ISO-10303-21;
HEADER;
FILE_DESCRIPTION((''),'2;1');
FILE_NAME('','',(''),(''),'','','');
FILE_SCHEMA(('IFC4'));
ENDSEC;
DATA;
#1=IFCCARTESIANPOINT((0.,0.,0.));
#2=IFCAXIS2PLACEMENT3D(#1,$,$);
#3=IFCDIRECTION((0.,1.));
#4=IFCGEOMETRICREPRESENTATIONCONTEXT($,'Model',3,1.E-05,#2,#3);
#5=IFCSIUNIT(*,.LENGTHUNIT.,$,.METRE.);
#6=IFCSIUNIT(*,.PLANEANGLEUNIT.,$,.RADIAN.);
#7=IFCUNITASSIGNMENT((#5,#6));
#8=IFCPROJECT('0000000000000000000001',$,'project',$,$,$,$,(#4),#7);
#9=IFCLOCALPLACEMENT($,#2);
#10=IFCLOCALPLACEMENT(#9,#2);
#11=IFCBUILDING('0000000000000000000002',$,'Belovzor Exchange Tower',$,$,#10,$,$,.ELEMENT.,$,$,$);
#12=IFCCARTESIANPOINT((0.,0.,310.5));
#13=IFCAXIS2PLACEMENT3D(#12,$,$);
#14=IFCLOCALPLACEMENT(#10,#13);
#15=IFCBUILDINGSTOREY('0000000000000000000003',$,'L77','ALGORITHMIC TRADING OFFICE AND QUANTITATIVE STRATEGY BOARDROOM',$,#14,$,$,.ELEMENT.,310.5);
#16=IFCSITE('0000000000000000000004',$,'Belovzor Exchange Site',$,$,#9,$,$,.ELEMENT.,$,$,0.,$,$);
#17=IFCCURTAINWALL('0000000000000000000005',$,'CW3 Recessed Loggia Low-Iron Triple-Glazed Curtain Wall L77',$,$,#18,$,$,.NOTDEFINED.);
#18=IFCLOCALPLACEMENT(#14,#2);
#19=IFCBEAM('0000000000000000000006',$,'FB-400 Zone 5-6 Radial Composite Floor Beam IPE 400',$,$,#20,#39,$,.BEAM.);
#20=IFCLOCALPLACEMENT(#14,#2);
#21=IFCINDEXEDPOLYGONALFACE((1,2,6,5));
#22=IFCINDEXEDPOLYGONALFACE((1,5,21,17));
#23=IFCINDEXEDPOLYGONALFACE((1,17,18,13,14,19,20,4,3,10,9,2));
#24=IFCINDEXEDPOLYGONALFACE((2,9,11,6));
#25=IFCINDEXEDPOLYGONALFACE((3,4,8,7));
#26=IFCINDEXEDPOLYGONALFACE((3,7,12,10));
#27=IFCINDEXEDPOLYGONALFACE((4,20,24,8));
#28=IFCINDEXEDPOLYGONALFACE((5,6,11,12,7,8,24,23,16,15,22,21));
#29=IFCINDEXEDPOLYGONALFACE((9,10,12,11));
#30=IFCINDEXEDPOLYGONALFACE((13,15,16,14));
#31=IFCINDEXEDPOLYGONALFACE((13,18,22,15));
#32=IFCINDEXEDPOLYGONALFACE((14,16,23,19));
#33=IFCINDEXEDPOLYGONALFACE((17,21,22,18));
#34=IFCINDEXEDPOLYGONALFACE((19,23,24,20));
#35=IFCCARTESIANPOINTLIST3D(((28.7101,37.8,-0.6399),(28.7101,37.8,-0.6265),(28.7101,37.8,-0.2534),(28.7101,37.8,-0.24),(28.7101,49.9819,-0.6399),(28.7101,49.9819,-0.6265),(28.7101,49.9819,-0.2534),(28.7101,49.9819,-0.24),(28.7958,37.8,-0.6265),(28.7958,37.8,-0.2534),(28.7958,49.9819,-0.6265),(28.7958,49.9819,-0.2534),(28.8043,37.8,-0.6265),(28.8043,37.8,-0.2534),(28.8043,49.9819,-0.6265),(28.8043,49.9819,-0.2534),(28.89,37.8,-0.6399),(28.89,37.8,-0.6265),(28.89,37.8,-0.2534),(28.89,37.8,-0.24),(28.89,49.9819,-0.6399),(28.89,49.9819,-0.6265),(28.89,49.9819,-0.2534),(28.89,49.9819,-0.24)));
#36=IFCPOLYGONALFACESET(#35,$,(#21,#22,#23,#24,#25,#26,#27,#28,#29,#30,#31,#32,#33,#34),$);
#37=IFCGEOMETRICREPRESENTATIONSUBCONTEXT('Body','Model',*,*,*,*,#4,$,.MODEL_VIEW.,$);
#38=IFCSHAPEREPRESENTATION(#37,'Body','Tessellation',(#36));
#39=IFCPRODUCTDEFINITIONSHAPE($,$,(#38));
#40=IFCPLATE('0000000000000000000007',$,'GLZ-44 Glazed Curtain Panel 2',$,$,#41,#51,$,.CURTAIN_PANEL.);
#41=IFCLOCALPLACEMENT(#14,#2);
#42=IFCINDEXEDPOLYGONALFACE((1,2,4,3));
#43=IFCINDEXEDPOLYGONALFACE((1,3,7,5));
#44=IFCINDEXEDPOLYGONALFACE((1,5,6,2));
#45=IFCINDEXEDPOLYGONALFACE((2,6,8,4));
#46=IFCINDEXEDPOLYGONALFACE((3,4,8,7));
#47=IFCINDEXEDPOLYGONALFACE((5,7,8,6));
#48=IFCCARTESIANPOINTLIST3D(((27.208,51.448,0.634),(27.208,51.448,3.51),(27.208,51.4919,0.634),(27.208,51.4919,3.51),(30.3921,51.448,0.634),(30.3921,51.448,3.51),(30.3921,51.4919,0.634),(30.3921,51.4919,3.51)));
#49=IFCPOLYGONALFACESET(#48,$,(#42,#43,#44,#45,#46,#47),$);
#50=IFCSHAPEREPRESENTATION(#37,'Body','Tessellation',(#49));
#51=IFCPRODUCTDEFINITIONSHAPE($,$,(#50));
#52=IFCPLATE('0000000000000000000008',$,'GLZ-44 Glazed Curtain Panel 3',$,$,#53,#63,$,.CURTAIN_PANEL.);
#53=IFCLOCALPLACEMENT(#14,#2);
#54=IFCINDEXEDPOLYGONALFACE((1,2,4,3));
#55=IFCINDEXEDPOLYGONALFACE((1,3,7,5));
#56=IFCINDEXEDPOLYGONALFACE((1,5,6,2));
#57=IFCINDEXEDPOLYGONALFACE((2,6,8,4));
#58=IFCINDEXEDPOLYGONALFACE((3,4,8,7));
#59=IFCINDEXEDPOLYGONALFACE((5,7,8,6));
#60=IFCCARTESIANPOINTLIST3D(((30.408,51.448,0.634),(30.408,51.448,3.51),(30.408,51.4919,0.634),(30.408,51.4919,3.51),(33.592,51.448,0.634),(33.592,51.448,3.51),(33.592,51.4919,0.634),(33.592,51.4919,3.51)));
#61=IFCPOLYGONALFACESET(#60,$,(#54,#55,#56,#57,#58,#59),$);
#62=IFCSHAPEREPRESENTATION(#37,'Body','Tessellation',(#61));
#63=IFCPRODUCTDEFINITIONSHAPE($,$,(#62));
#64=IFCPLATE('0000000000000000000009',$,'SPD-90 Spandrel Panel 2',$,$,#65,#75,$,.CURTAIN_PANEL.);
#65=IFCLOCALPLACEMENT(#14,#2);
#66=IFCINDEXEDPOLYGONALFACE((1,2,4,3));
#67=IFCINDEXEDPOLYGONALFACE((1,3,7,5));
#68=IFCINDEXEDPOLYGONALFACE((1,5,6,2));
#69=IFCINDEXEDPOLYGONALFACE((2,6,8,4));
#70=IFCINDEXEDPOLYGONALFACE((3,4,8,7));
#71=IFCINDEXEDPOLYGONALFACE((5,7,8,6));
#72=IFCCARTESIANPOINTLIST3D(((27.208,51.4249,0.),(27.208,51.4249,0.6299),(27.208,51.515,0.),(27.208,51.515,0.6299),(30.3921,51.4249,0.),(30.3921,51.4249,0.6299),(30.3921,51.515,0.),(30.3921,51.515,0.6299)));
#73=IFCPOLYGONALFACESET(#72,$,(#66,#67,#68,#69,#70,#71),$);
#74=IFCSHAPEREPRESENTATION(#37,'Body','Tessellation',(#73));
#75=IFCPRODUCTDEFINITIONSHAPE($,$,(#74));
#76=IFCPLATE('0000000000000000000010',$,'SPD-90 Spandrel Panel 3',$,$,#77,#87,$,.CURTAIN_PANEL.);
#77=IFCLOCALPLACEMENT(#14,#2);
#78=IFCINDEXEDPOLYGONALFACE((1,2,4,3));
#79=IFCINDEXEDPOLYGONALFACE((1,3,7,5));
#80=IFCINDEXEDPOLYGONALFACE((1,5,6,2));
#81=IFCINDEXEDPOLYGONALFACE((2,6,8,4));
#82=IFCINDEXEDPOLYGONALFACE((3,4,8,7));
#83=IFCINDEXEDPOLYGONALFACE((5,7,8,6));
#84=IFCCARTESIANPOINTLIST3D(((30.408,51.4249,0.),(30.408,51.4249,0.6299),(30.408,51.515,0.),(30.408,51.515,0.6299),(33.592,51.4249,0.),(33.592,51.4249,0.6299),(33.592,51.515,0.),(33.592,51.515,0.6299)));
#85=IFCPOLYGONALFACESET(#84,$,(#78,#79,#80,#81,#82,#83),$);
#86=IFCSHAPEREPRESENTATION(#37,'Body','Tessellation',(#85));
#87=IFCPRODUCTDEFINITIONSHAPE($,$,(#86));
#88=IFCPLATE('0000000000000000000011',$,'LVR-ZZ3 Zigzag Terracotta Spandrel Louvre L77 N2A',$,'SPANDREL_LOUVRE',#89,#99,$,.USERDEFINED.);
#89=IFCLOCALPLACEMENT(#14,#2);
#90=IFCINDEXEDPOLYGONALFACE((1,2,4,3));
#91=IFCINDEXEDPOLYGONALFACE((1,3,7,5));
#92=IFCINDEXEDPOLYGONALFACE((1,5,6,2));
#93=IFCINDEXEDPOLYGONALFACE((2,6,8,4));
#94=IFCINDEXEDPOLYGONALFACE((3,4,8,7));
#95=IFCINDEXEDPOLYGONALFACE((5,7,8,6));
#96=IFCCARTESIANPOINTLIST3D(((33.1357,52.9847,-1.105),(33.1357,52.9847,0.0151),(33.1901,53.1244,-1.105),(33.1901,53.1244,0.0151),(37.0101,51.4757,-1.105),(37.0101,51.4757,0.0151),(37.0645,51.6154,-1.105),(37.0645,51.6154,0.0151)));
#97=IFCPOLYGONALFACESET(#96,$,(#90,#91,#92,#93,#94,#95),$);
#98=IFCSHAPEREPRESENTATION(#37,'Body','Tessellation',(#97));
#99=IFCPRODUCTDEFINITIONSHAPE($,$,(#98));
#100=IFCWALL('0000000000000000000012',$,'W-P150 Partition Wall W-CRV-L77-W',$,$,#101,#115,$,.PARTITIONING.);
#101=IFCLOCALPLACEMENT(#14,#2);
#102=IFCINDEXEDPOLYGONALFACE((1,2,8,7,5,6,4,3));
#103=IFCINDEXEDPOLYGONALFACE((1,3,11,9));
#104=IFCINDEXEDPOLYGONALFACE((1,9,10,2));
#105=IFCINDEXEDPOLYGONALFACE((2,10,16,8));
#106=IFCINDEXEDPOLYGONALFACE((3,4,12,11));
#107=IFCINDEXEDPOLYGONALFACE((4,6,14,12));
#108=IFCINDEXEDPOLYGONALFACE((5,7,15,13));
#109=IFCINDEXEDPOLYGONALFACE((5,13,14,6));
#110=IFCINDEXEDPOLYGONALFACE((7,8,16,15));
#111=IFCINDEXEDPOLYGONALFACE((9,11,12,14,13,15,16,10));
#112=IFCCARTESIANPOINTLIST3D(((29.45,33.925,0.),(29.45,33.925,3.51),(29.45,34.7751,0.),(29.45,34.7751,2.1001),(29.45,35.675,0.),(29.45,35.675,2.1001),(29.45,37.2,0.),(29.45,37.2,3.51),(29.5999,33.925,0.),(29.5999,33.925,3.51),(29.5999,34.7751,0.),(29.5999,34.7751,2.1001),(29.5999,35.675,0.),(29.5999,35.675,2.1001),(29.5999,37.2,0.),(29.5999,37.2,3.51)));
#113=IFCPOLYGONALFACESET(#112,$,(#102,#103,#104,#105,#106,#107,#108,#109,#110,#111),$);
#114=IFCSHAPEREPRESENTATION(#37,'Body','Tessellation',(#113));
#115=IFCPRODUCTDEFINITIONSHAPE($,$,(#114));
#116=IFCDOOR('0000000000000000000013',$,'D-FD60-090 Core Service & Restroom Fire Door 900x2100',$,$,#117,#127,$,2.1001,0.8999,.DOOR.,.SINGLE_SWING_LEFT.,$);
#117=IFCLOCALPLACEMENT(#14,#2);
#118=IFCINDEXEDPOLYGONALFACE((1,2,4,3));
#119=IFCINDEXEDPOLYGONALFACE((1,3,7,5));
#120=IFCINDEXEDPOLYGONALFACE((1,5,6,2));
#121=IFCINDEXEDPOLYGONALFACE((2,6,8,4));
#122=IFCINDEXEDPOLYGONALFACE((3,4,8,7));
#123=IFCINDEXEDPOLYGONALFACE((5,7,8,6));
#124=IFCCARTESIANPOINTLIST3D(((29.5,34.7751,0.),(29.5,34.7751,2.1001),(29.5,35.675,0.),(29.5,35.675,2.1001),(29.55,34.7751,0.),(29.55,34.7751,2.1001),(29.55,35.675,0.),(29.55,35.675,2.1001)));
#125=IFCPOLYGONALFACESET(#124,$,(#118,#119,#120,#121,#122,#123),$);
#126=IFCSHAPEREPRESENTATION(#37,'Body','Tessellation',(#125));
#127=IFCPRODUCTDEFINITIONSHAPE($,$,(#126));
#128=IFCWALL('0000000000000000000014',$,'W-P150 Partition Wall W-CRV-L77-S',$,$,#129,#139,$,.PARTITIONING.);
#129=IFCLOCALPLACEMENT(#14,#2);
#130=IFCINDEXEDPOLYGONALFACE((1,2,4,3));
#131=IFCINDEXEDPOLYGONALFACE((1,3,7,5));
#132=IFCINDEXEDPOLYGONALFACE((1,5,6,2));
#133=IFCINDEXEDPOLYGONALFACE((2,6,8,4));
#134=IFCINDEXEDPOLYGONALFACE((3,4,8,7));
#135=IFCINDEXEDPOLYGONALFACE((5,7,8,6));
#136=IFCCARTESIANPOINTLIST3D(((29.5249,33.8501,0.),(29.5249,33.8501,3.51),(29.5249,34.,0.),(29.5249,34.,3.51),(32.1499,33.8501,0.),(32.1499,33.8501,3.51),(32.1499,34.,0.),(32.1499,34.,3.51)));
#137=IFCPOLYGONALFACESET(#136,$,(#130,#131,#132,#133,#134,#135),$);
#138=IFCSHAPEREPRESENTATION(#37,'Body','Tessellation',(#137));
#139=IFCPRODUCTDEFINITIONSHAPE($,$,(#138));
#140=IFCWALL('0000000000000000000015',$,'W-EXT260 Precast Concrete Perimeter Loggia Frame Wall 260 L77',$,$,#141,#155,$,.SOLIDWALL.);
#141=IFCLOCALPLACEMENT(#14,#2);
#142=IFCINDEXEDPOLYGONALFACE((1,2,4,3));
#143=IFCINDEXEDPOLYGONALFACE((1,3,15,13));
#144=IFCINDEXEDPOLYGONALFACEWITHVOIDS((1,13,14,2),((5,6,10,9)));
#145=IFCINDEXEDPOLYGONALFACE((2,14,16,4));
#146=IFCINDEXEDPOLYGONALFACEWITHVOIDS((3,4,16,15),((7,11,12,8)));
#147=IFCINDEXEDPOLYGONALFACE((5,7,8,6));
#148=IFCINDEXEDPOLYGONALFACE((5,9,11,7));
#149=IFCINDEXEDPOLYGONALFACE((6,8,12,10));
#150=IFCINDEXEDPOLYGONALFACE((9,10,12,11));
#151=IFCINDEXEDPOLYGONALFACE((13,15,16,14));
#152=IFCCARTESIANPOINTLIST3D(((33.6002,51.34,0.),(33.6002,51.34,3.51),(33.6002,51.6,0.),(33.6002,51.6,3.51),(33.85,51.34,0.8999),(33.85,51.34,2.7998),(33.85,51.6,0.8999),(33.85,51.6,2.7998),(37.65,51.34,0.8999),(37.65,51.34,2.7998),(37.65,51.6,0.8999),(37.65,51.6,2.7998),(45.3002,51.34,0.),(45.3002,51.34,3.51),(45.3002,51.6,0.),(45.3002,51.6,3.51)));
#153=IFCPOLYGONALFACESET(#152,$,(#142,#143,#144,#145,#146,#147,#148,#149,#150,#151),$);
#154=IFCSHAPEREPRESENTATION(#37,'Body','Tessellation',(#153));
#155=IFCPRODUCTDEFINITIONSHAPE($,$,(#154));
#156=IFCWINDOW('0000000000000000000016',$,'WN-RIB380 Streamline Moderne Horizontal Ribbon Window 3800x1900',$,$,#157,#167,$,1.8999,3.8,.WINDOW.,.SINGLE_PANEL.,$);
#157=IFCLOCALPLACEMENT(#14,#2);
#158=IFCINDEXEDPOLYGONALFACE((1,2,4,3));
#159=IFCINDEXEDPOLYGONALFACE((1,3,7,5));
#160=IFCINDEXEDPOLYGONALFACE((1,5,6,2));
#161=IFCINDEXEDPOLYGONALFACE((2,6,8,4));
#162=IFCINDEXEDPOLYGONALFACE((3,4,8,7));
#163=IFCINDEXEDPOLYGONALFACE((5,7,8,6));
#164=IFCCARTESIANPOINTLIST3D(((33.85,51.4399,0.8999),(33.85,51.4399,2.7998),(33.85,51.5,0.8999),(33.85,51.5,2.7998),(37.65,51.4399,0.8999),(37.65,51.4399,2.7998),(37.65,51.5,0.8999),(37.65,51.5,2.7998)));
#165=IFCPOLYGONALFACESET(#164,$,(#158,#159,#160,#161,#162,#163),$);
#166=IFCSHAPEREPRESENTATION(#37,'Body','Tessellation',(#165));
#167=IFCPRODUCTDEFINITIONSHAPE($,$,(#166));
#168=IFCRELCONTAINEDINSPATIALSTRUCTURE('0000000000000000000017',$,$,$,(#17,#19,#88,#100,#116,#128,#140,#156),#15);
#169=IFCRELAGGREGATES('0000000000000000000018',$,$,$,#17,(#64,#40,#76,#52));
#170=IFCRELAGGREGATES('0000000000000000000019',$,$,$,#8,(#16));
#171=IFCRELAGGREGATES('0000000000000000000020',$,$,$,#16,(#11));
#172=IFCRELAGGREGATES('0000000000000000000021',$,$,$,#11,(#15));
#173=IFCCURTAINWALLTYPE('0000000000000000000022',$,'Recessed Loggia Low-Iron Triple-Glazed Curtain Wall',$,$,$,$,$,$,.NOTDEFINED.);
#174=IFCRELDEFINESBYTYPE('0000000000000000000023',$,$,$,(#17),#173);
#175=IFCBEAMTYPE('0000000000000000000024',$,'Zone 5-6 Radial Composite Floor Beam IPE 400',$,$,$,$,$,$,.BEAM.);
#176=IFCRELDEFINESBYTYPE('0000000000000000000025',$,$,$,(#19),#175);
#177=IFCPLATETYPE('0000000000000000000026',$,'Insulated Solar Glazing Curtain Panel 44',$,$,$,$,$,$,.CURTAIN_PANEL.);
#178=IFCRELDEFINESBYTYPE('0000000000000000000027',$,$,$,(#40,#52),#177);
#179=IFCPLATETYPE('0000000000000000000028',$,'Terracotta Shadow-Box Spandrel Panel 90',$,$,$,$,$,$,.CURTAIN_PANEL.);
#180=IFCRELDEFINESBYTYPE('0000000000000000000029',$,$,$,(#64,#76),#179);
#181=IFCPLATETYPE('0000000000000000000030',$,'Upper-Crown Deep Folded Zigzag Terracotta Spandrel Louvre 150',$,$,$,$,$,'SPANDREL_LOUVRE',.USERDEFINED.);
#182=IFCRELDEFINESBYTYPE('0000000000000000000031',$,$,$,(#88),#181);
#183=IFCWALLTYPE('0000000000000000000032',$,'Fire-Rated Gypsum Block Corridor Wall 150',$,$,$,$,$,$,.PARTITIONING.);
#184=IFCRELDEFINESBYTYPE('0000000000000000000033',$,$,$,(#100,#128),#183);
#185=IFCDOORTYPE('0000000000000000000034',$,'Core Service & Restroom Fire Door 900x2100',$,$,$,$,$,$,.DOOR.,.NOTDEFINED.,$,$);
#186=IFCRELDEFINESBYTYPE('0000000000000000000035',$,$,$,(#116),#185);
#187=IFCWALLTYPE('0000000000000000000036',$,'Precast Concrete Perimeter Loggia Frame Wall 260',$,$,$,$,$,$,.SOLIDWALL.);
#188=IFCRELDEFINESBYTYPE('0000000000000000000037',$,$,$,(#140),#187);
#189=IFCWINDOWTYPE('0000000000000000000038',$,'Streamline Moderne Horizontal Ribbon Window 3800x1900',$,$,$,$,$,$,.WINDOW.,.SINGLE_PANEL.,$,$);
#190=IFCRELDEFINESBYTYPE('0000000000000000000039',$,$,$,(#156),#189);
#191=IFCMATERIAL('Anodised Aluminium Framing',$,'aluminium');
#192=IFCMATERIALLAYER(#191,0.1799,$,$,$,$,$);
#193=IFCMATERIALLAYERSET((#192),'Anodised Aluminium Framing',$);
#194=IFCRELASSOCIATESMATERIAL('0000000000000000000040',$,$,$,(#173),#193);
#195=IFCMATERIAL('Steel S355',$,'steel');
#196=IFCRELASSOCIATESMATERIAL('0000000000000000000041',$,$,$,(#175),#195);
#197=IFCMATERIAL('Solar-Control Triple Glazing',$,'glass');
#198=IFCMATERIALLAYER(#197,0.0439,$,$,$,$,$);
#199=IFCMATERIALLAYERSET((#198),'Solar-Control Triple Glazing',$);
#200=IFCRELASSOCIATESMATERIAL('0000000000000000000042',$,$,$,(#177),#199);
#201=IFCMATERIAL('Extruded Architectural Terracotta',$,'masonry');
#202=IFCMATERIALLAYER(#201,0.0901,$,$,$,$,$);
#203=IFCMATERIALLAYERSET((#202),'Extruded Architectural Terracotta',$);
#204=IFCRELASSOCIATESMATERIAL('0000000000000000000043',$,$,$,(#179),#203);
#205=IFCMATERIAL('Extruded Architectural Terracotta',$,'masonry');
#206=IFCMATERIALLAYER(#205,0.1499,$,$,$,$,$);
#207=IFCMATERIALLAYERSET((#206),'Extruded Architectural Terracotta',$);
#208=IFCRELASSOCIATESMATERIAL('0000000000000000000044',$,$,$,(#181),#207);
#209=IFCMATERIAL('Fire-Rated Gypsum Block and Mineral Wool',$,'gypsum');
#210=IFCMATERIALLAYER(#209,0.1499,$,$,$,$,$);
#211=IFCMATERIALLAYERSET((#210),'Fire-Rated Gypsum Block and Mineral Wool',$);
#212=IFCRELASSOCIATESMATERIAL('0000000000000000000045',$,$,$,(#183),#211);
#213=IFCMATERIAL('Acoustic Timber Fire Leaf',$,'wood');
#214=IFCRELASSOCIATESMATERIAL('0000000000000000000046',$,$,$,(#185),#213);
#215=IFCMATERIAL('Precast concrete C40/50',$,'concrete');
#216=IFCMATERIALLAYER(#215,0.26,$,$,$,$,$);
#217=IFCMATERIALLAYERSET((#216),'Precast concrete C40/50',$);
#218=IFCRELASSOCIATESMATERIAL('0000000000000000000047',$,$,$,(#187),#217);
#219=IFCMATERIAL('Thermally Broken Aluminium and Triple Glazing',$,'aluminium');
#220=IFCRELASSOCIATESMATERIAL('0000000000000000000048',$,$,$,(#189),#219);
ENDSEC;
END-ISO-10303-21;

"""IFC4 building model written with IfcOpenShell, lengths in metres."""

from ifc_helpers import new_model, si_unit, direction, frame, frame_2d, origin, origin_2d, place, context, subcontext, project, spatial, rectangle, i_section, extrude, material, layer, layer_set, material_profile, profile_set, type_object, element, fill, aggregate, save


model = new_model("IFC4")

# Units and contexts
model_context = context("Model", 3, precision=1e-05, world=origin(), true_north=direction((0.0, 1.0)))
body_context = subcontext(model_context, "Body", "Model", "MODEL_VIEW")
ifc_project = project(units=[si_unit("LENGTHUNIT", "METRE"), si_unit("PLANEANGLEUNIT", "RADIAN")], contexts=[model_context])

# Site, building, storey
site_placement = place(None, origin())
site = spatial("IfcSite", under=ifc_project, at=site_placement, Name="Belovzor Exchange Site", CompositionType="ELEMENT", RefElevation=0.0)
building_placement = place(site_placement, origin())
building = spatial("IfcBuilding", under=site, at=building_placement, Name="Belovzor Exchange Tower", CompositionType="ELEMENT")
storey_placement = place(building_placement, frame((0.0, 0.0, 310.5)))
storey = spatial("IfcBuildingStorey", under=building, at=storey_placement, Name="L77", Description="ALGORITHMIC TRADING OFFICE AND QUANTITATIVE STRATEGY BOARDROOM", CompositionType="ELEMENT", Elevation=310.5)

# Curtain wall
ifc_material_1 = material(Name="Anodised Aluminium Framing", Category="aluminium")
ifc_layer_1 = layer(ifc_material_1, 0.1799)
ifc_layer_set_1 = layer_set([ifc_layer_1], Name="Anodised Aluminium Framing")
curtain_wall_type = type_object("IfcCurtainWallType", Name="Recessed Loggia Low-Iron Triple-Glazed Curtain Wall", PredefinedType="NOTDEFINED", material=ifc_layer_set_1)
curtain_wall_placement = place(storey_placement, origin())
curtain_wall = element("IfcCurtainWall", 1, at=curtain_wall_placement, inside=storey, type_object=curtain_wall_type, Name="CW3 Recessed Loggia Low-Iron Triple-Glazed Curtain Wall L77", PredefinedType="NOTDEFINED")

# Beam
ifc_material_2 = material(Name="Steel S355", Category="steel")
ifc_material_profile_1 = material_profile(ifc_material_2, i_section(OverallWidth=0.1799, OverallDepth=0.3999, WebThickness=0.0085, FlangeThickness=0.0134, at=origin_2d()))
ifc_profile_set_1 = profile_set([ifc_material_profile_1], Name="Steel S355")
beam_type_1 = type_object("IfcBeamType", Name="Zone 5-6 Radial Composite Floor Beam IPE 400", PredefinedType="BEAM", material=ifc_profile_set_1)
beam_1_placement = place(storey_placement, frame((28.8, 37.8, -0.4399), z_axis=(0.0, 1.0, 0.0), x_axis=(-1.0, 0.0, 0.0)))
element("IfcBeam", 2, at=beam_1_placement, inside=storey, type_object=beam_type_1, Name="FB-400 Zone 5-6 Radial Composite Floor Beam IPE 400", PredefinedType="BEAM", context=body_context, shape_type="SweptSolid", body=[
    extrude(i_section(OverallWidth=0.1799, OverallDepth=0.3999, WebThickness=0.0085, FlangeThickness=0.0134, at=origin_2d()), origin(), (0.0, 0.0, 1.0), 12.1819),
])

# Plates
ifc_material_3 = material(Name="Solar-Control Triple Glazing", Category="glass")
ifc_layer_2 = layer(ifc_material_3, 0.0439)
ifc_layer_set_2 = layer_set([ifc_layer_2], Name="Solar-Control Triple Glazing")
plate_type_1 = type_object("IfcPlateType", Name="Insulated Solar Glazing Curtain Panel 44", PredefinedType="CURTAIN_PANEL", material=ifc_layer_set_2)
plate_1_placement = place(storey_placement, frame((28.8, 51.47, 0.634), z_axis=(0.0, 0.0, 1.0), x_axis=(1.0, 0.0, 0.0)))
plate_1 = element("IfcPlate", 3, at=plate_1_placement, type_object=plate_type_1, Name="GLZ-44 Glazed Curtain Panel 2", PredefinedType="CURTAIN_PANEL", context=body_context, shape_type="SweptSolid", body=[
    extrude(rectangle(XDim=3.1841, YDim=0.0439, at=origin_2d()), origin(), (0.0, 0.0, 1.0), 2.876),
])
plate_2_placement = place(storey_placement, frame((32.0, 51.47, 0.634), z_axis=(0.0, 0.0, 1.0), x_axis=(1.0, 0.0, 0.0)))
plate_2 = element("IfcPlate", 4, at=plate_2_placement, type_object=plate_type_1, Name="GLZ-44 Glazed Curtain Panel 3", PredefinedType="CURTAIN_PANEL", context=body_context, shape_type="SweptSolid", body=[
    extrude(rectangle(XDim=3.1841, YDim=0.0439, at=origin_2d()), origin(), (0.0, 0.0, 1.0), 2.876),
])
ifc_material_4 = material(Name="Extruded Architectural Terracotta", Category="masonry")
ifc_layer_3 = layer(ifc_material_4, 0.0901)
ifc_layer_set_3 = layer_set([ifc_layer_3], Name="Extruded Architectural Terracotta")
plate_type_2 = type_object("IfcPlateType", Name="Terracotta Shadow-Box Spandrel Panel 90", PredefinedType="CURTAIN_PANEL", material=ifc_layer_set_3)
plate_3_placement = place(storey_placement, frame((28.8, 51.47, 0.0), z_axis=(0.0, 0.0, 1.0), x_axis=(1.0, 0.0, 0.0)))
plate_3 = element("IfcPlate", 5, at=plate_3_placement, type_object=plate_type_2, Name="SPD-90 Spandrel Panel 2", PredefinedType="CURTAIN_PANEL", context=body_context, shape_type="SweptSolid", body=[
    extrude(rectangle(XDim=3.1841, YDim=0.0901, at=origin_2d()), origin(), (0.0, 0.0, 1.0), 0.6299),
])
plate_4_placement = place(storey_placement, frame((32.0, 51.47, 0.0), z_axis=(0.0, 0.0, 1.0), x_axis=(1.0, 0.0, 0.0)))
plate_4 = element("IfcPlate", 6, at=plate_4_placement, type_object=plate_type_2, Name="SPD-90 Spandrel Panel 3", PredefinedType="CURTAIN_PANEL", context=body_context, shape_type="SweptSolid", body=[
    extrude(rectangle(XDim=3.1841, YDim=0.0901, at=origin_2d()), origin(), (0.0, 0.0, 1.0), 0.6299),
])
aggregate(curtain_wall, [plate_3, plate_1, plate_4, plate_2])
ifc_material_5 = material(Name="Extruded Architectural Terracotta", Category="masonry")
ifc_layer_4 = layer(ifc_material_5, 0.1499)
ifc_layer_set_4 = layer_set([ifc_layer_4], Name="Extruded Architectural Terracotta")
plate_type_3 = type_object("IfcPlateType", Name="Upper-Crown Deep Folded Zigzag Terracotta Spandrel Louvre 150", ElementType="SPANDREL_LOUVRE", PredefinedType="USERDEFINED", material=ifc_layer_set_4)
plate_5_placement = place(storey_placement, frame((35.1001, 52.3, -1.105), z_axis=(0.0, 0.0, 1.0), x_axis=(0.931818, -0.362926, 0.0)))
element("IfcPlate", 7, at=plate_5_placement, inside=storey, type_object=plate_type_3, Name="LVR-ZZ3 Zigzag Terracotta Spandrel Louvre L77 N2A", ObjectType="SPANDREL_LOUVRE", PredefinedType="USERDEFINED", context=body_context, shape_type="SweptSolid", body=[
    extrude(rectangle(XDim=4.158, YDim=0.1499, at=origin_2d()), origin(), (0.0, 0.0, 1.0), 1.1201),
])

# Wall, opening, door
ifc_material_6 = material(Name="Fire-Rated Gypsum Block and Mineral Wool", Category="gypsum")
ifc_layer_5 = layer(ifc_material_6, 0.1499)
ifc_layer_set_5 = layer_set([ifc_layer_5], Name="Fire-Rated Gypsum Block and Mineral Wool")
wall_type_1 = type_object("IfcWallType", Name="Fire-Rated Gypsum Block Corridor Wall 150", PredefinedType="PARTITIONING", material=ifc_layer_set_5)
wall_1_placement = place(storey_placement, frame((29.5249, 33.925, 0.0), z_axis=(0.0, 0.0, 1.0), x_axis=(0.0, 1.0, 0.0)))
wall_1 = element("IfcWall", 8, at=wall_1_placement, inside=storey, type_object=wall_type_1, Name="W-P150 Partition Wall W-CRV-L77-W", PredefinedType="PARTITIONING", context=body_context, shape_type="SweptSolid", body=[
    extrude(rectangle(XDim=3.2749, YDim=0.1499, at=frame_2d((1.6375, 0.0))), origin(), (0.0, 0.0, 1.0), 3.51),
])
opening_1_placement = place(wall_1_placement, frame((0.8501, 0.0, 0.0)))
opening_1 = element("IfcOpeningElement", 9, at=opening_1_placement, cuts=wall_1, PredefinedType="OPENING", context=body_context, shape_type="SweptSolid", body=[
    extrude(rectangle(XDim=0.8999, YDim=2.1001, at=frame_2d((0.45, 1.05))), frame((0.0, 0.085, 0.0), z_axis=(0.0, -1.0, 0.0), x_axis=(1.0, 0.0, 0.0)), (0.0, 0.0, 1.0), 0.1699),
])
ifc_material_7 = material(Name="Acoustic Timber Fire Leaf", Category="wood")
door_type_1 = type_object("IfcDoorType", Name="Core Service & Restroom Fire Door 900x2100", OperationType="NOTDEFINED", PredefinedType="DOOR", material=ifc_material_7)
door_1_placement = place(opening_1_placement, origin())
door_1 = element("IfcDoor", 10, at=door_1_placement, inside=storey, type_object=door_type_1, Name="D-FD60-090 Core Service & Restroom Fire Door 900x2100", OperationType="SINGLE_SWING_LEFT", OverallHeight=2.1001, OverallWidth=0.8999, PredefinedType="DOOR", context=body_context, shape_type="SweptSolid", body=[
    extrude(rectangle(XDim=0.8999, YDim=2.1001, at=frame_2d((0.45, 1.05))), frame((0.0, 0.0249, 0.0), z_axis=(0.0, -1.0, 0.0), x_axis=(1.0, 0.0, 0.0)), (0.0, 0.0, 1.0), 0.05),
])
fill(opening_1, door_1)

# Wall
wall_2_placement = place(storey_placement, frame((29.5249, 33.925, 0.0), z_axis=(0.0, 0.0, 1.0), x_axis=(1.0, 0.0, 0.0)))
element("IfcWall", 11, at=wall_2_placement, inside=storey, type_object=wall_type_1, Name="W-P150 Partition Wall W-CRV-L77-S", PredefinedType="PARTITIONING", context=body_context, shape_type="SweptSolid", body=[
    extrude(rectangle(XDim=2.625, YDim=0.1499, at=frame_2d((1.3125, 0.0))), origin(), (0.0, 0.0, 1.0), 3.51),
])

# Wall, opening, window
ifc_material_8 = material(Name="Precast concrete C40/50", Category="concrete")
ifc_layer_6 = layer(ifc_material_8, 0.26)
ifc_layer_set_6 = layer_set([ifc_layer_6], Name="Precast concrete C40/50")
wall_type_2 = type_object("IfcWallType", Name="Precast Concrete Perimeter Loggia Frame Wall 260", PredefinedType="SOLIDWALL", material=ifc_layer_set_6)
wall_3_placement = place(storey_placement, frame((33.6001, 51.47, 0.0), z_axis=(0.0, 0.0, 1.0), x_axis=(1.0, 0.0, 0.0)))
wall_3 = element("IfcWall", 12, at=wall_3_placement, inside=storey, type_object=wall_type_2, Name="W-EXT260 Precast Concrete Perimeter Loggia Frame Wall 260 L77", PredefinedType="SOLIDWALL", context=body_context, shape_type="SweptSolid", body=[
    extrude(rectangle(XDim=11.7, YDim=0.26, at=frame_2d((5.8501, 0.0))), origin(), (0.0, 0.0, 1.0), 3.51),
])
opening_2_placement = place(wall_3_placement, frame((0.25, 0.0, 0.8999)))
opening_2 = element("IfcOpeningElement", 13, at=opening_2_placement, cuts=wall_3, PredefinedType="OPENING", context=body_context, shape_type="SweptSolid", body=[
    extrude(rectangle(XDim=3.8, YDim=1.8999, at=frame_2d((1.8999, 0.95))), frame((0.0, 0.1399, 0.0), z_axis=(0.0, -1.0, 0.0), x_axis=(1.0, 0.0, 0.0)), (0.0, 0.0, 1.0), 0.28),
])
ifc_material_9 = material(Name="Thermally Broken Aluminium and Triple Glazing", Category="aluminium")
window_type = type_object("IfcWindowType", Name="Streamline Moderne Horizontal Ribbon Window 3800x1900", PartitioningType="SINGLE_PANEL", PredefinedType="WINDOW", material=ifc_material_9)
window_placement = place(opening_2_placement, origin())
window = element("IfcWindow", 14, at=window_placement, inside=storey, type_object=window_type, Name="WN-RIB380 Streamline Moderne Horizontal Ribbon Window 3800x1900", OverallHeight=1.8999, OverallWidth=3.8, PartitioningType="SINGLE_PANEL", PredefinedType="WINDOW", context=body_context, shape_type="SweptSolid", body=[
    extrude(rectangle(XDim=3.8, YDim=1.8999, at=frame_2d((1.8999, 0.95))), frame((0.0, 0.03, 0.0), z_axis=(0.0, -1.0, 0.0), x_axis=(1.0, 0.0, 0.0)), (0.0, 0.0, 1.0), 0.0601),
])
fill(opening_2, window)

save(model, "model.ifc")
